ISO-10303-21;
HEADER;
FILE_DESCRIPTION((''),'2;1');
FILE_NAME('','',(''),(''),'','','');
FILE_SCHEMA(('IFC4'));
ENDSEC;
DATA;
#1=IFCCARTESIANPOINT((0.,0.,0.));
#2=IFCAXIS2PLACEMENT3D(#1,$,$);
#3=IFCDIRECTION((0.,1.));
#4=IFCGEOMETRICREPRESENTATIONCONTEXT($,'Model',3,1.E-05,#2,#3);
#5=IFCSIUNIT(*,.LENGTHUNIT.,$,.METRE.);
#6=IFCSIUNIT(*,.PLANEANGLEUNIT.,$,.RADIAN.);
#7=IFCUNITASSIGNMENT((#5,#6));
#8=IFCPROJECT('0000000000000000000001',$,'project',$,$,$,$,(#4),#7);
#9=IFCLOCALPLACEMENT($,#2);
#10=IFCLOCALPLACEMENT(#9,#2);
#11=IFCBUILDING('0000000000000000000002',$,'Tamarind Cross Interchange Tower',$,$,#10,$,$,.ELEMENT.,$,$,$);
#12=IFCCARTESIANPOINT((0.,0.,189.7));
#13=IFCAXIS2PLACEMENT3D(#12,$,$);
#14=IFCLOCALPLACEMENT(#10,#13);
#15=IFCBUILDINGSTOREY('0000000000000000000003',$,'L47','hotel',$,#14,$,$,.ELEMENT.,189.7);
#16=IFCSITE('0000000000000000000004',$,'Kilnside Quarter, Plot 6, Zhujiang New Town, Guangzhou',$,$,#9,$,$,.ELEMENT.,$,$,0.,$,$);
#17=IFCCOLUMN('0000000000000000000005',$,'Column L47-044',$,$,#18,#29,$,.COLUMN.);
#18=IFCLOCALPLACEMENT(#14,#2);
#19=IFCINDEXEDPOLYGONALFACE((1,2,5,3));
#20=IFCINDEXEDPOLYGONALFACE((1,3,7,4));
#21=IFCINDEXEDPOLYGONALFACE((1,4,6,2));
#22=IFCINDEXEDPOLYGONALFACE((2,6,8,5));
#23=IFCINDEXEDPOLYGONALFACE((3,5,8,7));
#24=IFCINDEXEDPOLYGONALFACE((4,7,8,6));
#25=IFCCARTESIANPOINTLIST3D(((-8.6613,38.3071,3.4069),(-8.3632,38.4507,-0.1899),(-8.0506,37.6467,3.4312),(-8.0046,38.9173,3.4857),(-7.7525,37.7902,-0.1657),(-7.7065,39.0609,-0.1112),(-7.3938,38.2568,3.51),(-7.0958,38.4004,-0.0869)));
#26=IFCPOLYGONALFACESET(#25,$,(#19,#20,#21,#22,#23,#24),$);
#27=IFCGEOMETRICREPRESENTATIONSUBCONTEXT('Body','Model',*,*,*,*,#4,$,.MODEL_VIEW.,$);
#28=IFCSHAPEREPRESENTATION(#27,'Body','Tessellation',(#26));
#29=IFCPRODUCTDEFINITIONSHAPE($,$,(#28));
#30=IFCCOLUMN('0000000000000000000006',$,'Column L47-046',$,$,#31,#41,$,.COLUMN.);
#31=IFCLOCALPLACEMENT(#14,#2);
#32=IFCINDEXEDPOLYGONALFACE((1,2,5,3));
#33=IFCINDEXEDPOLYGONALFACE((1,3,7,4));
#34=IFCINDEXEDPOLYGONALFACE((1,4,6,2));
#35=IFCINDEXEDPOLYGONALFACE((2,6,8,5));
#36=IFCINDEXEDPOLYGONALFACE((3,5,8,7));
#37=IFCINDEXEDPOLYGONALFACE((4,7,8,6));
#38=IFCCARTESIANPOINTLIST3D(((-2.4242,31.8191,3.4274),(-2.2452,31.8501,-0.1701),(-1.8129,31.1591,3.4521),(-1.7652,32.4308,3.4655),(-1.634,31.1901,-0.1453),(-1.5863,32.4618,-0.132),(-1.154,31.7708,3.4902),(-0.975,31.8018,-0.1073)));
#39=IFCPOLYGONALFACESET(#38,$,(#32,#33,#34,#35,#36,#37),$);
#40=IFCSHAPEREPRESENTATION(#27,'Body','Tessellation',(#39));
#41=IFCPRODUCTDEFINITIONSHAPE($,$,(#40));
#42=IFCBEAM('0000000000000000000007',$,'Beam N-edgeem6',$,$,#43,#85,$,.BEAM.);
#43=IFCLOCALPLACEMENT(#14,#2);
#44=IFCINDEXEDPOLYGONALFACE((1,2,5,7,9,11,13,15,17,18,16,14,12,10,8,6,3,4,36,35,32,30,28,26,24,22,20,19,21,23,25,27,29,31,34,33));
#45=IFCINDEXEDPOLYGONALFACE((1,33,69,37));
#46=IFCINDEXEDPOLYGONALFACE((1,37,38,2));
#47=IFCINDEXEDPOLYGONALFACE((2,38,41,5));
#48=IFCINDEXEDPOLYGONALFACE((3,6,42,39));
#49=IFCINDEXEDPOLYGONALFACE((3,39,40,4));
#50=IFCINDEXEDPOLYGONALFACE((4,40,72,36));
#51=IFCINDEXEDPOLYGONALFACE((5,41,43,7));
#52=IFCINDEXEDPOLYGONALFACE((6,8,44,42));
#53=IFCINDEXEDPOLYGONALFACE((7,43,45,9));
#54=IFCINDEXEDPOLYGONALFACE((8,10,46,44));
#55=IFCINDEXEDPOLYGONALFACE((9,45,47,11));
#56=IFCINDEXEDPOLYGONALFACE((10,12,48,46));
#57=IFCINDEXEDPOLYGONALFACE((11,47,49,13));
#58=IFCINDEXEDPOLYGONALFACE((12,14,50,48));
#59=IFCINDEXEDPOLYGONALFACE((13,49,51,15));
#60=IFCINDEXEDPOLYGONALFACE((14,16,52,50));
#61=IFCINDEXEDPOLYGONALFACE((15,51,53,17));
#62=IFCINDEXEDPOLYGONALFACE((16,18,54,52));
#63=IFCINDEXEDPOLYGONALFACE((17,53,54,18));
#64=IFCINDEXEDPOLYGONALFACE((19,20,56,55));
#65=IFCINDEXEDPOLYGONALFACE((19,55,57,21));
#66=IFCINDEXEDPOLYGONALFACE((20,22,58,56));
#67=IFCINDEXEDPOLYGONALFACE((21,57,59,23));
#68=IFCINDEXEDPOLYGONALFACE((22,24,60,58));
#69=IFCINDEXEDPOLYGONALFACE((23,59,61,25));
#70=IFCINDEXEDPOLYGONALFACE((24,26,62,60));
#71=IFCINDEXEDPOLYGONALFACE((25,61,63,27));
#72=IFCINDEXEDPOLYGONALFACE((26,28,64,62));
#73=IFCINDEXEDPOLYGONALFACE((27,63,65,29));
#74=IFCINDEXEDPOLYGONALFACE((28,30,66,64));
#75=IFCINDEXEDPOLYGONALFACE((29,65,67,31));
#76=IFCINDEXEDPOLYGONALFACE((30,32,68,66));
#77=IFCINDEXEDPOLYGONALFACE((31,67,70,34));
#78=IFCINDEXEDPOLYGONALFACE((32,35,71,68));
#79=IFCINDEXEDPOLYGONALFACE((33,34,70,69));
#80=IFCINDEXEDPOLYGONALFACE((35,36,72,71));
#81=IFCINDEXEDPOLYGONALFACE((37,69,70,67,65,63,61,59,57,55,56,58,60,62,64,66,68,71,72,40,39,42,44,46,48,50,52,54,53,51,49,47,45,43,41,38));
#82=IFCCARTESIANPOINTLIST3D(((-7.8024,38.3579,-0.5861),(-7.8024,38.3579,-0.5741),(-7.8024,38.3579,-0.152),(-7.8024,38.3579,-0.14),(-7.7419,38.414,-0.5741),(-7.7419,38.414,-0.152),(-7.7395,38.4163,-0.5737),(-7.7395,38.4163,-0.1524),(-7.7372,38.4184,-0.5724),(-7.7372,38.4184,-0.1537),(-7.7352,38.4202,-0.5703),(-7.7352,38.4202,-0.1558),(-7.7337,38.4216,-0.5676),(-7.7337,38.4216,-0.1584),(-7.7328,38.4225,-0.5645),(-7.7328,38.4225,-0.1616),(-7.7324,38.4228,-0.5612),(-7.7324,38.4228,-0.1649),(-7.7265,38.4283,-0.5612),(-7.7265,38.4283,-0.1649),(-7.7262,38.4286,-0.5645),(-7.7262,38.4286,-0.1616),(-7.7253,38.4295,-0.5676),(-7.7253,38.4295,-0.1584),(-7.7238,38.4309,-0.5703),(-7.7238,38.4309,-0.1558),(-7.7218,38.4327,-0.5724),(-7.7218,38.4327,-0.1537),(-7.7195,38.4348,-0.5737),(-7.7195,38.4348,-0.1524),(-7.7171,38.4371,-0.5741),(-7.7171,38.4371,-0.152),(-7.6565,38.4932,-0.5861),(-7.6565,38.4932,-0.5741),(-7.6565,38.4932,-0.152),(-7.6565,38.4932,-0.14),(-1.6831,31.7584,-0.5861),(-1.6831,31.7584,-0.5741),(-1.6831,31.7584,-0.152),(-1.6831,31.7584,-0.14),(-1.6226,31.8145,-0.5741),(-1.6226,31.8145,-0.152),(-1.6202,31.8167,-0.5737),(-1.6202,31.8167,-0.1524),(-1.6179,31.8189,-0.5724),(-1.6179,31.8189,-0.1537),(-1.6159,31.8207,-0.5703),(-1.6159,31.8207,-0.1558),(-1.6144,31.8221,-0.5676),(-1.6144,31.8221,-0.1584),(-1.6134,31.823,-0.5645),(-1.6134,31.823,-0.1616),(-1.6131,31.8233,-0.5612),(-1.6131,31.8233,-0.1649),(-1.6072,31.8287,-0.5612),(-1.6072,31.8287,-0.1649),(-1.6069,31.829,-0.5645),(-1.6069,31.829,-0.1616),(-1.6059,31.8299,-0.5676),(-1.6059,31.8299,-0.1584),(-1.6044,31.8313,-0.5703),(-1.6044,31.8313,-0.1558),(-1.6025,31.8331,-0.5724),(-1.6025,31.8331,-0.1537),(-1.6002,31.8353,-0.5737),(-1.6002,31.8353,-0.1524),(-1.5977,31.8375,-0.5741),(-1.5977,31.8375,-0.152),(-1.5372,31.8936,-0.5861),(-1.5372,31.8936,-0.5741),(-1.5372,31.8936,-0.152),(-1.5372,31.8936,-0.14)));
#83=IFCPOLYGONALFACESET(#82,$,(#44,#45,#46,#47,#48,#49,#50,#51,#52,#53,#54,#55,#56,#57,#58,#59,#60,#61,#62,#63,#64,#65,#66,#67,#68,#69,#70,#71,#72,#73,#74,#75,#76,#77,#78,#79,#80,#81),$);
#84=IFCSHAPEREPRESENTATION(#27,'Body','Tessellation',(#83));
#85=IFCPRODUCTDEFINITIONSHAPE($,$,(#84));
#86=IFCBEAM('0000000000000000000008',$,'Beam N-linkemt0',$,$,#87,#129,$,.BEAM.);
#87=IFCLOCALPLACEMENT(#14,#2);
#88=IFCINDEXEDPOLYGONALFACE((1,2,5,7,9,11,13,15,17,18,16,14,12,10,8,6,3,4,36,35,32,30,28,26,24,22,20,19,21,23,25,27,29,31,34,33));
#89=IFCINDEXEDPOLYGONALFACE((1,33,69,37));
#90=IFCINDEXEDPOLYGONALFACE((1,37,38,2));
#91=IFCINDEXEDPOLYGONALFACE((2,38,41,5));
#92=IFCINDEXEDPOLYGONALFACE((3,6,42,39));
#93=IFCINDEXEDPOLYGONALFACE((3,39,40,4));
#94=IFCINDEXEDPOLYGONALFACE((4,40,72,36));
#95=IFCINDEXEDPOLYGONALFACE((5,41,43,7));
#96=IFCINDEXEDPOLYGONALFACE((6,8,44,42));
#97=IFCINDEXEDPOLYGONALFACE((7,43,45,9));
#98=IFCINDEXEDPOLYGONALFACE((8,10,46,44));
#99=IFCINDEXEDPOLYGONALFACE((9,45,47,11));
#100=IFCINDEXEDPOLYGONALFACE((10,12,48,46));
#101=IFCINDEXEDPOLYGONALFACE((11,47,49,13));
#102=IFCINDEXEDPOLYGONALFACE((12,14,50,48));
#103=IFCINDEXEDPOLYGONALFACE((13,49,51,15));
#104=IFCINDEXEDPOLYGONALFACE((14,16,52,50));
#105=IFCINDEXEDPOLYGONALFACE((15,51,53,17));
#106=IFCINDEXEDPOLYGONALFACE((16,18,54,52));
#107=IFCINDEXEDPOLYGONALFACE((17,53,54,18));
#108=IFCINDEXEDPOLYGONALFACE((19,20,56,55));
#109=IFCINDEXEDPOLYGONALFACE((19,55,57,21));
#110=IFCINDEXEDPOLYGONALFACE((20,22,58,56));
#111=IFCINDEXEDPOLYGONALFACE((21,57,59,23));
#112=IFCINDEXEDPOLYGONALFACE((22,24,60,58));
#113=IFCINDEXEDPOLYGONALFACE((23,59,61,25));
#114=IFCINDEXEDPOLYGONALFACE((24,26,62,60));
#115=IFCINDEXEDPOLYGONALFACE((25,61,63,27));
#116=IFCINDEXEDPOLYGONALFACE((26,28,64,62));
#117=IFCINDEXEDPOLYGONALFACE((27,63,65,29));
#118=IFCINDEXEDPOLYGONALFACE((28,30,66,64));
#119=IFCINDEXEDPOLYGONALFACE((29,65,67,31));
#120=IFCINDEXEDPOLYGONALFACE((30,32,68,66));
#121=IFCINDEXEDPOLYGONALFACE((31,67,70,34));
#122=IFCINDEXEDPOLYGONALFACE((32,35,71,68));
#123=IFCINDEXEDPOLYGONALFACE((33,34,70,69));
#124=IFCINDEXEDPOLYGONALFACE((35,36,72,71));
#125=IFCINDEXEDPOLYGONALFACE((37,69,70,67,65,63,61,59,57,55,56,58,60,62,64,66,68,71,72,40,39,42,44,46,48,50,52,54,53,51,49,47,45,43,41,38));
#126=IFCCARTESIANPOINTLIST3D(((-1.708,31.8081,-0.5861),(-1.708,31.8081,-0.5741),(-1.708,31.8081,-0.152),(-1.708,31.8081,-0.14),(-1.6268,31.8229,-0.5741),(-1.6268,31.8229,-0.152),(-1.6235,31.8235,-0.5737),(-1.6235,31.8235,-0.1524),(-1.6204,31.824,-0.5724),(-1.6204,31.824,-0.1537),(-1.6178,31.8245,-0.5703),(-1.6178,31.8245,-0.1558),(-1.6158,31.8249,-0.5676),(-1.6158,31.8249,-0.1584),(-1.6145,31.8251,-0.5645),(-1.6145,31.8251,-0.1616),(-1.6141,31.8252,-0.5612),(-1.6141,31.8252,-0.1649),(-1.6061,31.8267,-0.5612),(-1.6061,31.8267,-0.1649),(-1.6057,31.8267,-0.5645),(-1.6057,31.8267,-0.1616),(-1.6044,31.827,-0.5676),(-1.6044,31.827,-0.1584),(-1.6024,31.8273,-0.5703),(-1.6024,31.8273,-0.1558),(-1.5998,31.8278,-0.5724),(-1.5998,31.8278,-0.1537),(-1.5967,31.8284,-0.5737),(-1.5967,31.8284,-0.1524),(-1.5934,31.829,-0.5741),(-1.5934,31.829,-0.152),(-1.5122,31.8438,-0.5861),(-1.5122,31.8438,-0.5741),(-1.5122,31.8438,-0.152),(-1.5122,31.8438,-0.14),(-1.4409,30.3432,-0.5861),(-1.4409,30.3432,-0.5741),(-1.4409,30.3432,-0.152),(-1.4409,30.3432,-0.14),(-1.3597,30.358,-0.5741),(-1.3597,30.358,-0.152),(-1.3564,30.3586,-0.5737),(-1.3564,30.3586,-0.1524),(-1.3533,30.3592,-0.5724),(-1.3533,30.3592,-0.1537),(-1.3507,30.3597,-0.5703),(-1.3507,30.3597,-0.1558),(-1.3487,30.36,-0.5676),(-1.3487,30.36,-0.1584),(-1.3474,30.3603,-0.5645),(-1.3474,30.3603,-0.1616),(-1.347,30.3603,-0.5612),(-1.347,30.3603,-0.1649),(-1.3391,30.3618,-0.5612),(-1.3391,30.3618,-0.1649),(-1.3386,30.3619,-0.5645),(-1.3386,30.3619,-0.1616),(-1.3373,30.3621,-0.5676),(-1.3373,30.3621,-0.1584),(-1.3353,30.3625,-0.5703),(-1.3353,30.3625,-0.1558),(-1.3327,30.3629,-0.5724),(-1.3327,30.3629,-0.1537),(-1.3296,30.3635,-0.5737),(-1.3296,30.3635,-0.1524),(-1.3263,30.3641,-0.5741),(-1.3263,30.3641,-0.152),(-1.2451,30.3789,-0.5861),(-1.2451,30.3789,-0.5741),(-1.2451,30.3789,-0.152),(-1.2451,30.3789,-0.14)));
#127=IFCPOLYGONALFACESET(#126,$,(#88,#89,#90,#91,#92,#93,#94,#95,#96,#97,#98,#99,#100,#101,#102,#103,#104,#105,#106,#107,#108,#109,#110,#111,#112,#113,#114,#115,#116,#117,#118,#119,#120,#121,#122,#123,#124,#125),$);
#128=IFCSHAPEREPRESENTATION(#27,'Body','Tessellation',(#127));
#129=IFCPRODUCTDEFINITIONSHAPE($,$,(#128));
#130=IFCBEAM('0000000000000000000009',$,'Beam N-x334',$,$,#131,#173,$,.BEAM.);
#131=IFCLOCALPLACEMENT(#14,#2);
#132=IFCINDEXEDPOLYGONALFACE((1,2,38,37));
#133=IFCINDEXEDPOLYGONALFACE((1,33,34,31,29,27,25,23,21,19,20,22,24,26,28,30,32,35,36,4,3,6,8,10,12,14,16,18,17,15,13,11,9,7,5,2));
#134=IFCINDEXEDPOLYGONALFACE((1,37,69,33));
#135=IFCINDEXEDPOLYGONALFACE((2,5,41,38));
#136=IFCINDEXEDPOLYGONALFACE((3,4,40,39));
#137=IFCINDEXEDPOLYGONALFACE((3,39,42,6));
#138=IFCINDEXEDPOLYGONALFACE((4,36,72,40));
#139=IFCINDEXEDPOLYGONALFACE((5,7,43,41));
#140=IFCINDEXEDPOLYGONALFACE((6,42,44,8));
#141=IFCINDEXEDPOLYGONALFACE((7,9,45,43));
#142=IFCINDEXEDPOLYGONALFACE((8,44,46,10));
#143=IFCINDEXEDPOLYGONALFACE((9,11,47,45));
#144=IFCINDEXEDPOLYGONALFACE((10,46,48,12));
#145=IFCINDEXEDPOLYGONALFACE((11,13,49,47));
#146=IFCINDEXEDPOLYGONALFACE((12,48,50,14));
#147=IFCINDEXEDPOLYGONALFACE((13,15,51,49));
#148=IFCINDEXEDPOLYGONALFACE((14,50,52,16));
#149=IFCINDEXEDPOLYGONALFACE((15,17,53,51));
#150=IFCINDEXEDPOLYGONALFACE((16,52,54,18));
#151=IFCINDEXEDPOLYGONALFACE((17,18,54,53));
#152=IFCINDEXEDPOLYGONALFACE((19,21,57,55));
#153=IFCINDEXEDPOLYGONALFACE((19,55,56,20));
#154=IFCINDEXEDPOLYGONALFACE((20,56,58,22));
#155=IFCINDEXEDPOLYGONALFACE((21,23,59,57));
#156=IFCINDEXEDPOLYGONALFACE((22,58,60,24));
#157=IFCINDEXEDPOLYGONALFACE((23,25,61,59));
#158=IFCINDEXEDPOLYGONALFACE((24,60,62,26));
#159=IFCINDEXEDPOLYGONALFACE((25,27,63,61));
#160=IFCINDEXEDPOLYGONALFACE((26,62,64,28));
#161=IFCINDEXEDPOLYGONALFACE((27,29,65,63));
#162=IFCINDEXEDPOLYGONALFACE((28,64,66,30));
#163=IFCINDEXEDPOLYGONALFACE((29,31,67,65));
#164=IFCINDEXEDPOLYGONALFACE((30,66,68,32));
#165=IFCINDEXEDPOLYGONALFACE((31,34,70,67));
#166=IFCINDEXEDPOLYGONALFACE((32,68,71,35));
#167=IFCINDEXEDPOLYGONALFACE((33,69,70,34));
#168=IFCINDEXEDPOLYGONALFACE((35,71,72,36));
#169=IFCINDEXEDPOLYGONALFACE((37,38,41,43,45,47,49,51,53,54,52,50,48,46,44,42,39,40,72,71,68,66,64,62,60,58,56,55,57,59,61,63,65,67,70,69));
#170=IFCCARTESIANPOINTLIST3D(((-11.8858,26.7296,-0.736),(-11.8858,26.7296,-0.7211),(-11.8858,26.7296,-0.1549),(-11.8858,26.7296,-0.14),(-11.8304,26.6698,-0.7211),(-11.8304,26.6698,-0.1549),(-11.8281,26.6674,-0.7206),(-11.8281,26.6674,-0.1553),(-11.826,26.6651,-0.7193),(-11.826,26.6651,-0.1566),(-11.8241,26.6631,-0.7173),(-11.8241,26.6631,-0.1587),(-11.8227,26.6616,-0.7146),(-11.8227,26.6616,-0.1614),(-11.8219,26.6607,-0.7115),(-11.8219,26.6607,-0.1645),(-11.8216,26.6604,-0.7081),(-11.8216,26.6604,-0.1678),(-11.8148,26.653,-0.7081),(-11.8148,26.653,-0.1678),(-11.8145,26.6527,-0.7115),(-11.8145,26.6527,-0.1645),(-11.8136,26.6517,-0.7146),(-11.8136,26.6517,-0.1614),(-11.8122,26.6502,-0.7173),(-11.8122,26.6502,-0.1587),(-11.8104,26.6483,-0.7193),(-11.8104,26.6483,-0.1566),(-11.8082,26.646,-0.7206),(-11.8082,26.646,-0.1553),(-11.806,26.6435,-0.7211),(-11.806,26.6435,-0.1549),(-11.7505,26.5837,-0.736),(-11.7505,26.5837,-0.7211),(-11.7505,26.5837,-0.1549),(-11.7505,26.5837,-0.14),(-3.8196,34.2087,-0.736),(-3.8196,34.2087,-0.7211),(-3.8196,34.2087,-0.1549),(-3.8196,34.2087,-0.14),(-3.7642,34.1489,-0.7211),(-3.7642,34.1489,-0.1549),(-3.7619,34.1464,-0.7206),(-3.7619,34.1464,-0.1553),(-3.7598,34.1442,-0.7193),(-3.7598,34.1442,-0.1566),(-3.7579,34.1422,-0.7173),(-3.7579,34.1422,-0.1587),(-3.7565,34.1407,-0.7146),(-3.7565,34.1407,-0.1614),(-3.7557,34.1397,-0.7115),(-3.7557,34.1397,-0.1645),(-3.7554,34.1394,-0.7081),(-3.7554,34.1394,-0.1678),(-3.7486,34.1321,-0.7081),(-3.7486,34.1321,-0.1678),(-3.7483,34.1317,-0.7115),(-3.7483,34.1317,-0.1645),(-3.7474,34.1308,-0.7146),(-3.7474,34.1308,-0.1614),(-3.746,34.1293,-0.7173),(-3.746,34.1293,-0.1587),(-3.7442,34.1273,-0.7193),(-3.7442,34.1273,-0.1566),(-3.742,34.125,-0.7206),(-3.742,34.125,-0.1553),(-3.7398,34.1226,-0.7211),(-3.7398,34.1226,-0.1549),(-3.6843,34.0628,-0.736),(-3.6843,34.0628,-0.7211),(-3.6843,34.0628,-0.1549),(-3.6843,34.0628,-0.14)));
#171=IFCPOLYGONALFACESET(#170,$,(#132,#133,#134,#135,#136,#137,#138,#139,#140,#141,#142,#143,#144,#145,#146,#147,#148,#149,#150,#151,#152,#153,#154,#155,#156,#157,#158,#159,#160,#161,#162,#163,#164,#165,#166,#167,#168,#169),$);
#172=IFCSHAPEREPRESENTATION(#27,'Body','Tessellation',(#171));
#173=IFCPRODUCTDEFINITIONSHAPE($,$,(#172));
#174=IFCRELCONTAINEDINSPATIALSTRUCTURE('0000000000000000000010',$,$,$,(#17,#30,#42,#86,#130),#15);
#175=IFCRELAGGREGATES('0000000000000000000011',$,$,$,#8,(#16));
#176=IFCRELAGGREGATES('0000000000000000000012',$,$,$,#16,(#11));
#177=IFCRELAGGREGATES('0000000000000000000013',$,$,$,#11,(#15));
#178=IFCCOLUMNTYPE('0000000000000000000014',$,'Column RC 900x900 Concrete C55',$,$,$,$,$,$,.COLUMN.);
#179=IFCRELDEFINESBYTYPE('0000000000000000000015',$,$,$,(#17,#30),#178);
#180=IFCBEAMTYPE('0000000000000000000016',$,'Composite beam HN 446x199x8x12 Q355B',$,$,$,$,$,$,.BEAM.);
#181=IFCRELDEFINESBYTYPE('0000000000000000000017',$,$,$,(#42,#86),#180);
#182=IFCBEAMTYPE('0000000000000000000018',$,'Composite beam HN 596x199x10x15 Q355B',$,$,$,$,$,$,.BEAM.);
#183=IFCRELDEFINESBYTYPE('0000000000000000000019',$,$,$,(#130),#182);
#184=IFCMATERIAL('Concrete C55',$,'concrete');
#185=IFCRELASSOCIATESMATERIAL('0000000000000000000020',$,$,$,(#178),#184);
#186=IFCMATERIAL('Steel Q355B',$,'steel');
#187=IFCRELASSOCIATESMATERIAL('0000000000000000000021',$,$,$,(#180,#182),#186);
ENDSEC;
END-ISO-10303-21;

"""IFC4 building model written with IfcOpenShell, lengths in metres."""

from ifc_helpers import new_model, si_unit, direction, frame, origin, origin_2d, place, context, subcontext, project, spatial, rectangle, i_section, extrude, material, material_profile, profile_set, type_object, element, save


model = new_model("IFC4")

# Units and contexts
model_context = context("Model", 3, precision=1e-05, world=origin(), true_north=direction((0.0, 1.0)))
body_context = subcontext(model_context, "Body", "Model", "MODEL_VIEW")
ifc_project = project(units=[si_unit("LENGTHUNIT", "METRE"), si_unit("PLANEANGLEUNIT", "RADIAN")], contexts=[model_context])

# Site, building, storey
site_placement = place(None, origin())
site = spatial("IfcSite", under=ifc_project, at=site_placement, Name="Kilnside Quarter, Plot 6, Zhujiang New Town, Guangzhou", CompositionType="ELEMENT", RefElevation=0.0)
building_placement = place(site_placement, origin())
building = spatial("IfcBuilding", under=site, at=building_placement, Name="Tamarind Cross Interchange Tower", CompositionType="ELEMENT")
storey_placement = place(building_placement, frame((0.0, 0.0, 189.7)))
storey = spatial("IfcBuildingStorey", under=building, at=storey_placement, Name="L47", Description="hotel", CompositionType="ELEMENT", Elevation=189.7)

# Columns
ifc_material_1 = material(Name="Concrete C55", Category="concrete")
ifc_material_profile_1 = material_profile(ifc_material_1, rectangle(XDim=0.8999, YDim=0.8999, at=origin_2d()), Name="RC 900x900")
ifc_profile_set_1 = profile_set([ifc_material_profile_1], Name="Concrete C55")
column_type = type_object("IfcColumnType", Name="Column RC 900x900 Concrete C55", PredefinedType="COLUMN", material=ifc_profile_set_1)
column_1_placement = place(storey_placement, frame((-7.7295, 38.4255, -0.1384), z_axis=(-0.082527, -0.039743, 0.995796), x_axis=(0.678688, -0.733932, 0.026955)))
element("IfcColumn", 1, at=column_1_placement, inside=storey, type_object=column_type, Name="Column L47-044", PredefinedType="COLUMN", context=body_context, shape_type="SweptSolid", body=[
    extrude(rectangle(XDim=0.8999, YDim=0.8999, at=origin_2d()), origin(), (0.0, 0.0, 1.0), 3.6121),
])
column_2_placement = place(storey_placement, frame((-1.6101, 31.8259, -0.1387), z_axis=(-0.049682, -0.008608, 0.998728), x_axis=(0.67924, -0.733402, 0.027468)))
element("IfcColumn", 2, at=column_2_placement, inside=storey, type_object=column_type, Name="Column L47-046", PredefinedType="COLUMN", context=body_context, shape_type="SweptSolid", body=[
    extrude(rectangle(XDim=0.8999, YDim=0.8999, at=origin_2d()), origin(), (0.0, 0.0, 1.0), 3.6021),
])

# Beams
ifc_material_2 = material(Name="Steel Q355B", Category="steel")
ifc_material_profile_2 = material_profile(ifc_material_2, i_section(OverallWidth=0.199, OverallDepth=0.446, WebThickness=0.0081, FlangeThickness=0.012, FilletRadius=0.0129, at=origin_2d()), Name="HN 446x199x8x12")
ifc_profile_set_2 = profile_set([ifc_material_profile_2], Name="Steel Q355B")
beam_type_1 = type_object("IfcBeamType", Name="Composite beam HN 446x199x8x12 Q355B", PredefinedType="BEAM", material=ifc_profile_set_2)
beam_1_placement = place(storey_placement, frame((-7.7295, 38.4255, -0.363), z_axis=(0.679924, -0.733282, 0.0), x_axis=(0.733282, 0.679924, 0.0)))
element("IfcBeam", 3, at=beam_1_placement, inside=storey, type_object=beam_type_1, Name="Beam N-edgeem6", PredefinedType="BEAM", context=body_context, shape_type="SweptSolid", body=[
    extrude(i_section(OverallWidth=0.199, OverallDepth=0.446, WebThickness=0.0081, FlangeThickness=0.012, FilletRadius=0.0129, at=origin_2d()), origin(), (0.0, 0.0, 1.0), 9.0),
])
beam_2_placement = place(storey_placement, frame((-1.6101, 31.8259, -0.363), z_axis=(0.179376, -0.983781, 0.0), x_axis=(0.983781, 0.179376, 0.0)))
element("IfcBeam", 4, at=beam_2_placement, inside=storey, type_object=beam_type_1, Name="Beam N-linkemt0", PredefinedType="BEAM", context=body_context, shape_type="SweptSolid", body=[
    extrude(i_section(OverallWidth=0.199, OverallDepth=0.446, WebThickness=0.0081, FlangeThickness=0.012, FilletRadius=0.0129, at=origin_2d()), origin(), (0.0, 0.0, 1.0), 1.489),
])
ifc_material_profile_3 = material_profile(ifc_material_2, i_section(OverallWidth=0.199, OverallDepth=0.5959, WebThickness=0.01, FlangeThickness=0.0149, FilletRadius=0.0129, at=origin_2d()), Name="HN 596x199x10x15")
ifc_profile_set_3 = profile_set([ifc_material_profile_3], Name="Steel Q355B")
beam_type_2 = type_object("IfcBeamType", Name="Composite beam HN 596x199x10x15 Q355B", PredefinedType="BEAM", material=ifc_profile_set_3)
for number, where, z_axis, x_axis, name in (
    (5, (-3.752, 34.1357, -0.438), (-0.733292, -0.679914, 0.0), (0.679914, -0.733292, 0.0), "Beam N-x334"),
):
    element("IfcBeam", number, at=place(storey_placement, frame(where, z_axis=z_axis, x_axis=x_axis)), inside=storey, type_object=beam_type_2, Name=name, PredefinedType="BEAM", context=body_context, shape_type="SweptSolid", body=[
        extrude(i_section(OverallWidth=0.199, OverallDepth=0.5959, WebThickness=0.01, FlangeThickness=0.0149, FilletRadius=0.0129, at=origin_2d()), origin(), (0.0, 0.0, 1.0), 11.0),
    ])

save(model, "model.ifc")
